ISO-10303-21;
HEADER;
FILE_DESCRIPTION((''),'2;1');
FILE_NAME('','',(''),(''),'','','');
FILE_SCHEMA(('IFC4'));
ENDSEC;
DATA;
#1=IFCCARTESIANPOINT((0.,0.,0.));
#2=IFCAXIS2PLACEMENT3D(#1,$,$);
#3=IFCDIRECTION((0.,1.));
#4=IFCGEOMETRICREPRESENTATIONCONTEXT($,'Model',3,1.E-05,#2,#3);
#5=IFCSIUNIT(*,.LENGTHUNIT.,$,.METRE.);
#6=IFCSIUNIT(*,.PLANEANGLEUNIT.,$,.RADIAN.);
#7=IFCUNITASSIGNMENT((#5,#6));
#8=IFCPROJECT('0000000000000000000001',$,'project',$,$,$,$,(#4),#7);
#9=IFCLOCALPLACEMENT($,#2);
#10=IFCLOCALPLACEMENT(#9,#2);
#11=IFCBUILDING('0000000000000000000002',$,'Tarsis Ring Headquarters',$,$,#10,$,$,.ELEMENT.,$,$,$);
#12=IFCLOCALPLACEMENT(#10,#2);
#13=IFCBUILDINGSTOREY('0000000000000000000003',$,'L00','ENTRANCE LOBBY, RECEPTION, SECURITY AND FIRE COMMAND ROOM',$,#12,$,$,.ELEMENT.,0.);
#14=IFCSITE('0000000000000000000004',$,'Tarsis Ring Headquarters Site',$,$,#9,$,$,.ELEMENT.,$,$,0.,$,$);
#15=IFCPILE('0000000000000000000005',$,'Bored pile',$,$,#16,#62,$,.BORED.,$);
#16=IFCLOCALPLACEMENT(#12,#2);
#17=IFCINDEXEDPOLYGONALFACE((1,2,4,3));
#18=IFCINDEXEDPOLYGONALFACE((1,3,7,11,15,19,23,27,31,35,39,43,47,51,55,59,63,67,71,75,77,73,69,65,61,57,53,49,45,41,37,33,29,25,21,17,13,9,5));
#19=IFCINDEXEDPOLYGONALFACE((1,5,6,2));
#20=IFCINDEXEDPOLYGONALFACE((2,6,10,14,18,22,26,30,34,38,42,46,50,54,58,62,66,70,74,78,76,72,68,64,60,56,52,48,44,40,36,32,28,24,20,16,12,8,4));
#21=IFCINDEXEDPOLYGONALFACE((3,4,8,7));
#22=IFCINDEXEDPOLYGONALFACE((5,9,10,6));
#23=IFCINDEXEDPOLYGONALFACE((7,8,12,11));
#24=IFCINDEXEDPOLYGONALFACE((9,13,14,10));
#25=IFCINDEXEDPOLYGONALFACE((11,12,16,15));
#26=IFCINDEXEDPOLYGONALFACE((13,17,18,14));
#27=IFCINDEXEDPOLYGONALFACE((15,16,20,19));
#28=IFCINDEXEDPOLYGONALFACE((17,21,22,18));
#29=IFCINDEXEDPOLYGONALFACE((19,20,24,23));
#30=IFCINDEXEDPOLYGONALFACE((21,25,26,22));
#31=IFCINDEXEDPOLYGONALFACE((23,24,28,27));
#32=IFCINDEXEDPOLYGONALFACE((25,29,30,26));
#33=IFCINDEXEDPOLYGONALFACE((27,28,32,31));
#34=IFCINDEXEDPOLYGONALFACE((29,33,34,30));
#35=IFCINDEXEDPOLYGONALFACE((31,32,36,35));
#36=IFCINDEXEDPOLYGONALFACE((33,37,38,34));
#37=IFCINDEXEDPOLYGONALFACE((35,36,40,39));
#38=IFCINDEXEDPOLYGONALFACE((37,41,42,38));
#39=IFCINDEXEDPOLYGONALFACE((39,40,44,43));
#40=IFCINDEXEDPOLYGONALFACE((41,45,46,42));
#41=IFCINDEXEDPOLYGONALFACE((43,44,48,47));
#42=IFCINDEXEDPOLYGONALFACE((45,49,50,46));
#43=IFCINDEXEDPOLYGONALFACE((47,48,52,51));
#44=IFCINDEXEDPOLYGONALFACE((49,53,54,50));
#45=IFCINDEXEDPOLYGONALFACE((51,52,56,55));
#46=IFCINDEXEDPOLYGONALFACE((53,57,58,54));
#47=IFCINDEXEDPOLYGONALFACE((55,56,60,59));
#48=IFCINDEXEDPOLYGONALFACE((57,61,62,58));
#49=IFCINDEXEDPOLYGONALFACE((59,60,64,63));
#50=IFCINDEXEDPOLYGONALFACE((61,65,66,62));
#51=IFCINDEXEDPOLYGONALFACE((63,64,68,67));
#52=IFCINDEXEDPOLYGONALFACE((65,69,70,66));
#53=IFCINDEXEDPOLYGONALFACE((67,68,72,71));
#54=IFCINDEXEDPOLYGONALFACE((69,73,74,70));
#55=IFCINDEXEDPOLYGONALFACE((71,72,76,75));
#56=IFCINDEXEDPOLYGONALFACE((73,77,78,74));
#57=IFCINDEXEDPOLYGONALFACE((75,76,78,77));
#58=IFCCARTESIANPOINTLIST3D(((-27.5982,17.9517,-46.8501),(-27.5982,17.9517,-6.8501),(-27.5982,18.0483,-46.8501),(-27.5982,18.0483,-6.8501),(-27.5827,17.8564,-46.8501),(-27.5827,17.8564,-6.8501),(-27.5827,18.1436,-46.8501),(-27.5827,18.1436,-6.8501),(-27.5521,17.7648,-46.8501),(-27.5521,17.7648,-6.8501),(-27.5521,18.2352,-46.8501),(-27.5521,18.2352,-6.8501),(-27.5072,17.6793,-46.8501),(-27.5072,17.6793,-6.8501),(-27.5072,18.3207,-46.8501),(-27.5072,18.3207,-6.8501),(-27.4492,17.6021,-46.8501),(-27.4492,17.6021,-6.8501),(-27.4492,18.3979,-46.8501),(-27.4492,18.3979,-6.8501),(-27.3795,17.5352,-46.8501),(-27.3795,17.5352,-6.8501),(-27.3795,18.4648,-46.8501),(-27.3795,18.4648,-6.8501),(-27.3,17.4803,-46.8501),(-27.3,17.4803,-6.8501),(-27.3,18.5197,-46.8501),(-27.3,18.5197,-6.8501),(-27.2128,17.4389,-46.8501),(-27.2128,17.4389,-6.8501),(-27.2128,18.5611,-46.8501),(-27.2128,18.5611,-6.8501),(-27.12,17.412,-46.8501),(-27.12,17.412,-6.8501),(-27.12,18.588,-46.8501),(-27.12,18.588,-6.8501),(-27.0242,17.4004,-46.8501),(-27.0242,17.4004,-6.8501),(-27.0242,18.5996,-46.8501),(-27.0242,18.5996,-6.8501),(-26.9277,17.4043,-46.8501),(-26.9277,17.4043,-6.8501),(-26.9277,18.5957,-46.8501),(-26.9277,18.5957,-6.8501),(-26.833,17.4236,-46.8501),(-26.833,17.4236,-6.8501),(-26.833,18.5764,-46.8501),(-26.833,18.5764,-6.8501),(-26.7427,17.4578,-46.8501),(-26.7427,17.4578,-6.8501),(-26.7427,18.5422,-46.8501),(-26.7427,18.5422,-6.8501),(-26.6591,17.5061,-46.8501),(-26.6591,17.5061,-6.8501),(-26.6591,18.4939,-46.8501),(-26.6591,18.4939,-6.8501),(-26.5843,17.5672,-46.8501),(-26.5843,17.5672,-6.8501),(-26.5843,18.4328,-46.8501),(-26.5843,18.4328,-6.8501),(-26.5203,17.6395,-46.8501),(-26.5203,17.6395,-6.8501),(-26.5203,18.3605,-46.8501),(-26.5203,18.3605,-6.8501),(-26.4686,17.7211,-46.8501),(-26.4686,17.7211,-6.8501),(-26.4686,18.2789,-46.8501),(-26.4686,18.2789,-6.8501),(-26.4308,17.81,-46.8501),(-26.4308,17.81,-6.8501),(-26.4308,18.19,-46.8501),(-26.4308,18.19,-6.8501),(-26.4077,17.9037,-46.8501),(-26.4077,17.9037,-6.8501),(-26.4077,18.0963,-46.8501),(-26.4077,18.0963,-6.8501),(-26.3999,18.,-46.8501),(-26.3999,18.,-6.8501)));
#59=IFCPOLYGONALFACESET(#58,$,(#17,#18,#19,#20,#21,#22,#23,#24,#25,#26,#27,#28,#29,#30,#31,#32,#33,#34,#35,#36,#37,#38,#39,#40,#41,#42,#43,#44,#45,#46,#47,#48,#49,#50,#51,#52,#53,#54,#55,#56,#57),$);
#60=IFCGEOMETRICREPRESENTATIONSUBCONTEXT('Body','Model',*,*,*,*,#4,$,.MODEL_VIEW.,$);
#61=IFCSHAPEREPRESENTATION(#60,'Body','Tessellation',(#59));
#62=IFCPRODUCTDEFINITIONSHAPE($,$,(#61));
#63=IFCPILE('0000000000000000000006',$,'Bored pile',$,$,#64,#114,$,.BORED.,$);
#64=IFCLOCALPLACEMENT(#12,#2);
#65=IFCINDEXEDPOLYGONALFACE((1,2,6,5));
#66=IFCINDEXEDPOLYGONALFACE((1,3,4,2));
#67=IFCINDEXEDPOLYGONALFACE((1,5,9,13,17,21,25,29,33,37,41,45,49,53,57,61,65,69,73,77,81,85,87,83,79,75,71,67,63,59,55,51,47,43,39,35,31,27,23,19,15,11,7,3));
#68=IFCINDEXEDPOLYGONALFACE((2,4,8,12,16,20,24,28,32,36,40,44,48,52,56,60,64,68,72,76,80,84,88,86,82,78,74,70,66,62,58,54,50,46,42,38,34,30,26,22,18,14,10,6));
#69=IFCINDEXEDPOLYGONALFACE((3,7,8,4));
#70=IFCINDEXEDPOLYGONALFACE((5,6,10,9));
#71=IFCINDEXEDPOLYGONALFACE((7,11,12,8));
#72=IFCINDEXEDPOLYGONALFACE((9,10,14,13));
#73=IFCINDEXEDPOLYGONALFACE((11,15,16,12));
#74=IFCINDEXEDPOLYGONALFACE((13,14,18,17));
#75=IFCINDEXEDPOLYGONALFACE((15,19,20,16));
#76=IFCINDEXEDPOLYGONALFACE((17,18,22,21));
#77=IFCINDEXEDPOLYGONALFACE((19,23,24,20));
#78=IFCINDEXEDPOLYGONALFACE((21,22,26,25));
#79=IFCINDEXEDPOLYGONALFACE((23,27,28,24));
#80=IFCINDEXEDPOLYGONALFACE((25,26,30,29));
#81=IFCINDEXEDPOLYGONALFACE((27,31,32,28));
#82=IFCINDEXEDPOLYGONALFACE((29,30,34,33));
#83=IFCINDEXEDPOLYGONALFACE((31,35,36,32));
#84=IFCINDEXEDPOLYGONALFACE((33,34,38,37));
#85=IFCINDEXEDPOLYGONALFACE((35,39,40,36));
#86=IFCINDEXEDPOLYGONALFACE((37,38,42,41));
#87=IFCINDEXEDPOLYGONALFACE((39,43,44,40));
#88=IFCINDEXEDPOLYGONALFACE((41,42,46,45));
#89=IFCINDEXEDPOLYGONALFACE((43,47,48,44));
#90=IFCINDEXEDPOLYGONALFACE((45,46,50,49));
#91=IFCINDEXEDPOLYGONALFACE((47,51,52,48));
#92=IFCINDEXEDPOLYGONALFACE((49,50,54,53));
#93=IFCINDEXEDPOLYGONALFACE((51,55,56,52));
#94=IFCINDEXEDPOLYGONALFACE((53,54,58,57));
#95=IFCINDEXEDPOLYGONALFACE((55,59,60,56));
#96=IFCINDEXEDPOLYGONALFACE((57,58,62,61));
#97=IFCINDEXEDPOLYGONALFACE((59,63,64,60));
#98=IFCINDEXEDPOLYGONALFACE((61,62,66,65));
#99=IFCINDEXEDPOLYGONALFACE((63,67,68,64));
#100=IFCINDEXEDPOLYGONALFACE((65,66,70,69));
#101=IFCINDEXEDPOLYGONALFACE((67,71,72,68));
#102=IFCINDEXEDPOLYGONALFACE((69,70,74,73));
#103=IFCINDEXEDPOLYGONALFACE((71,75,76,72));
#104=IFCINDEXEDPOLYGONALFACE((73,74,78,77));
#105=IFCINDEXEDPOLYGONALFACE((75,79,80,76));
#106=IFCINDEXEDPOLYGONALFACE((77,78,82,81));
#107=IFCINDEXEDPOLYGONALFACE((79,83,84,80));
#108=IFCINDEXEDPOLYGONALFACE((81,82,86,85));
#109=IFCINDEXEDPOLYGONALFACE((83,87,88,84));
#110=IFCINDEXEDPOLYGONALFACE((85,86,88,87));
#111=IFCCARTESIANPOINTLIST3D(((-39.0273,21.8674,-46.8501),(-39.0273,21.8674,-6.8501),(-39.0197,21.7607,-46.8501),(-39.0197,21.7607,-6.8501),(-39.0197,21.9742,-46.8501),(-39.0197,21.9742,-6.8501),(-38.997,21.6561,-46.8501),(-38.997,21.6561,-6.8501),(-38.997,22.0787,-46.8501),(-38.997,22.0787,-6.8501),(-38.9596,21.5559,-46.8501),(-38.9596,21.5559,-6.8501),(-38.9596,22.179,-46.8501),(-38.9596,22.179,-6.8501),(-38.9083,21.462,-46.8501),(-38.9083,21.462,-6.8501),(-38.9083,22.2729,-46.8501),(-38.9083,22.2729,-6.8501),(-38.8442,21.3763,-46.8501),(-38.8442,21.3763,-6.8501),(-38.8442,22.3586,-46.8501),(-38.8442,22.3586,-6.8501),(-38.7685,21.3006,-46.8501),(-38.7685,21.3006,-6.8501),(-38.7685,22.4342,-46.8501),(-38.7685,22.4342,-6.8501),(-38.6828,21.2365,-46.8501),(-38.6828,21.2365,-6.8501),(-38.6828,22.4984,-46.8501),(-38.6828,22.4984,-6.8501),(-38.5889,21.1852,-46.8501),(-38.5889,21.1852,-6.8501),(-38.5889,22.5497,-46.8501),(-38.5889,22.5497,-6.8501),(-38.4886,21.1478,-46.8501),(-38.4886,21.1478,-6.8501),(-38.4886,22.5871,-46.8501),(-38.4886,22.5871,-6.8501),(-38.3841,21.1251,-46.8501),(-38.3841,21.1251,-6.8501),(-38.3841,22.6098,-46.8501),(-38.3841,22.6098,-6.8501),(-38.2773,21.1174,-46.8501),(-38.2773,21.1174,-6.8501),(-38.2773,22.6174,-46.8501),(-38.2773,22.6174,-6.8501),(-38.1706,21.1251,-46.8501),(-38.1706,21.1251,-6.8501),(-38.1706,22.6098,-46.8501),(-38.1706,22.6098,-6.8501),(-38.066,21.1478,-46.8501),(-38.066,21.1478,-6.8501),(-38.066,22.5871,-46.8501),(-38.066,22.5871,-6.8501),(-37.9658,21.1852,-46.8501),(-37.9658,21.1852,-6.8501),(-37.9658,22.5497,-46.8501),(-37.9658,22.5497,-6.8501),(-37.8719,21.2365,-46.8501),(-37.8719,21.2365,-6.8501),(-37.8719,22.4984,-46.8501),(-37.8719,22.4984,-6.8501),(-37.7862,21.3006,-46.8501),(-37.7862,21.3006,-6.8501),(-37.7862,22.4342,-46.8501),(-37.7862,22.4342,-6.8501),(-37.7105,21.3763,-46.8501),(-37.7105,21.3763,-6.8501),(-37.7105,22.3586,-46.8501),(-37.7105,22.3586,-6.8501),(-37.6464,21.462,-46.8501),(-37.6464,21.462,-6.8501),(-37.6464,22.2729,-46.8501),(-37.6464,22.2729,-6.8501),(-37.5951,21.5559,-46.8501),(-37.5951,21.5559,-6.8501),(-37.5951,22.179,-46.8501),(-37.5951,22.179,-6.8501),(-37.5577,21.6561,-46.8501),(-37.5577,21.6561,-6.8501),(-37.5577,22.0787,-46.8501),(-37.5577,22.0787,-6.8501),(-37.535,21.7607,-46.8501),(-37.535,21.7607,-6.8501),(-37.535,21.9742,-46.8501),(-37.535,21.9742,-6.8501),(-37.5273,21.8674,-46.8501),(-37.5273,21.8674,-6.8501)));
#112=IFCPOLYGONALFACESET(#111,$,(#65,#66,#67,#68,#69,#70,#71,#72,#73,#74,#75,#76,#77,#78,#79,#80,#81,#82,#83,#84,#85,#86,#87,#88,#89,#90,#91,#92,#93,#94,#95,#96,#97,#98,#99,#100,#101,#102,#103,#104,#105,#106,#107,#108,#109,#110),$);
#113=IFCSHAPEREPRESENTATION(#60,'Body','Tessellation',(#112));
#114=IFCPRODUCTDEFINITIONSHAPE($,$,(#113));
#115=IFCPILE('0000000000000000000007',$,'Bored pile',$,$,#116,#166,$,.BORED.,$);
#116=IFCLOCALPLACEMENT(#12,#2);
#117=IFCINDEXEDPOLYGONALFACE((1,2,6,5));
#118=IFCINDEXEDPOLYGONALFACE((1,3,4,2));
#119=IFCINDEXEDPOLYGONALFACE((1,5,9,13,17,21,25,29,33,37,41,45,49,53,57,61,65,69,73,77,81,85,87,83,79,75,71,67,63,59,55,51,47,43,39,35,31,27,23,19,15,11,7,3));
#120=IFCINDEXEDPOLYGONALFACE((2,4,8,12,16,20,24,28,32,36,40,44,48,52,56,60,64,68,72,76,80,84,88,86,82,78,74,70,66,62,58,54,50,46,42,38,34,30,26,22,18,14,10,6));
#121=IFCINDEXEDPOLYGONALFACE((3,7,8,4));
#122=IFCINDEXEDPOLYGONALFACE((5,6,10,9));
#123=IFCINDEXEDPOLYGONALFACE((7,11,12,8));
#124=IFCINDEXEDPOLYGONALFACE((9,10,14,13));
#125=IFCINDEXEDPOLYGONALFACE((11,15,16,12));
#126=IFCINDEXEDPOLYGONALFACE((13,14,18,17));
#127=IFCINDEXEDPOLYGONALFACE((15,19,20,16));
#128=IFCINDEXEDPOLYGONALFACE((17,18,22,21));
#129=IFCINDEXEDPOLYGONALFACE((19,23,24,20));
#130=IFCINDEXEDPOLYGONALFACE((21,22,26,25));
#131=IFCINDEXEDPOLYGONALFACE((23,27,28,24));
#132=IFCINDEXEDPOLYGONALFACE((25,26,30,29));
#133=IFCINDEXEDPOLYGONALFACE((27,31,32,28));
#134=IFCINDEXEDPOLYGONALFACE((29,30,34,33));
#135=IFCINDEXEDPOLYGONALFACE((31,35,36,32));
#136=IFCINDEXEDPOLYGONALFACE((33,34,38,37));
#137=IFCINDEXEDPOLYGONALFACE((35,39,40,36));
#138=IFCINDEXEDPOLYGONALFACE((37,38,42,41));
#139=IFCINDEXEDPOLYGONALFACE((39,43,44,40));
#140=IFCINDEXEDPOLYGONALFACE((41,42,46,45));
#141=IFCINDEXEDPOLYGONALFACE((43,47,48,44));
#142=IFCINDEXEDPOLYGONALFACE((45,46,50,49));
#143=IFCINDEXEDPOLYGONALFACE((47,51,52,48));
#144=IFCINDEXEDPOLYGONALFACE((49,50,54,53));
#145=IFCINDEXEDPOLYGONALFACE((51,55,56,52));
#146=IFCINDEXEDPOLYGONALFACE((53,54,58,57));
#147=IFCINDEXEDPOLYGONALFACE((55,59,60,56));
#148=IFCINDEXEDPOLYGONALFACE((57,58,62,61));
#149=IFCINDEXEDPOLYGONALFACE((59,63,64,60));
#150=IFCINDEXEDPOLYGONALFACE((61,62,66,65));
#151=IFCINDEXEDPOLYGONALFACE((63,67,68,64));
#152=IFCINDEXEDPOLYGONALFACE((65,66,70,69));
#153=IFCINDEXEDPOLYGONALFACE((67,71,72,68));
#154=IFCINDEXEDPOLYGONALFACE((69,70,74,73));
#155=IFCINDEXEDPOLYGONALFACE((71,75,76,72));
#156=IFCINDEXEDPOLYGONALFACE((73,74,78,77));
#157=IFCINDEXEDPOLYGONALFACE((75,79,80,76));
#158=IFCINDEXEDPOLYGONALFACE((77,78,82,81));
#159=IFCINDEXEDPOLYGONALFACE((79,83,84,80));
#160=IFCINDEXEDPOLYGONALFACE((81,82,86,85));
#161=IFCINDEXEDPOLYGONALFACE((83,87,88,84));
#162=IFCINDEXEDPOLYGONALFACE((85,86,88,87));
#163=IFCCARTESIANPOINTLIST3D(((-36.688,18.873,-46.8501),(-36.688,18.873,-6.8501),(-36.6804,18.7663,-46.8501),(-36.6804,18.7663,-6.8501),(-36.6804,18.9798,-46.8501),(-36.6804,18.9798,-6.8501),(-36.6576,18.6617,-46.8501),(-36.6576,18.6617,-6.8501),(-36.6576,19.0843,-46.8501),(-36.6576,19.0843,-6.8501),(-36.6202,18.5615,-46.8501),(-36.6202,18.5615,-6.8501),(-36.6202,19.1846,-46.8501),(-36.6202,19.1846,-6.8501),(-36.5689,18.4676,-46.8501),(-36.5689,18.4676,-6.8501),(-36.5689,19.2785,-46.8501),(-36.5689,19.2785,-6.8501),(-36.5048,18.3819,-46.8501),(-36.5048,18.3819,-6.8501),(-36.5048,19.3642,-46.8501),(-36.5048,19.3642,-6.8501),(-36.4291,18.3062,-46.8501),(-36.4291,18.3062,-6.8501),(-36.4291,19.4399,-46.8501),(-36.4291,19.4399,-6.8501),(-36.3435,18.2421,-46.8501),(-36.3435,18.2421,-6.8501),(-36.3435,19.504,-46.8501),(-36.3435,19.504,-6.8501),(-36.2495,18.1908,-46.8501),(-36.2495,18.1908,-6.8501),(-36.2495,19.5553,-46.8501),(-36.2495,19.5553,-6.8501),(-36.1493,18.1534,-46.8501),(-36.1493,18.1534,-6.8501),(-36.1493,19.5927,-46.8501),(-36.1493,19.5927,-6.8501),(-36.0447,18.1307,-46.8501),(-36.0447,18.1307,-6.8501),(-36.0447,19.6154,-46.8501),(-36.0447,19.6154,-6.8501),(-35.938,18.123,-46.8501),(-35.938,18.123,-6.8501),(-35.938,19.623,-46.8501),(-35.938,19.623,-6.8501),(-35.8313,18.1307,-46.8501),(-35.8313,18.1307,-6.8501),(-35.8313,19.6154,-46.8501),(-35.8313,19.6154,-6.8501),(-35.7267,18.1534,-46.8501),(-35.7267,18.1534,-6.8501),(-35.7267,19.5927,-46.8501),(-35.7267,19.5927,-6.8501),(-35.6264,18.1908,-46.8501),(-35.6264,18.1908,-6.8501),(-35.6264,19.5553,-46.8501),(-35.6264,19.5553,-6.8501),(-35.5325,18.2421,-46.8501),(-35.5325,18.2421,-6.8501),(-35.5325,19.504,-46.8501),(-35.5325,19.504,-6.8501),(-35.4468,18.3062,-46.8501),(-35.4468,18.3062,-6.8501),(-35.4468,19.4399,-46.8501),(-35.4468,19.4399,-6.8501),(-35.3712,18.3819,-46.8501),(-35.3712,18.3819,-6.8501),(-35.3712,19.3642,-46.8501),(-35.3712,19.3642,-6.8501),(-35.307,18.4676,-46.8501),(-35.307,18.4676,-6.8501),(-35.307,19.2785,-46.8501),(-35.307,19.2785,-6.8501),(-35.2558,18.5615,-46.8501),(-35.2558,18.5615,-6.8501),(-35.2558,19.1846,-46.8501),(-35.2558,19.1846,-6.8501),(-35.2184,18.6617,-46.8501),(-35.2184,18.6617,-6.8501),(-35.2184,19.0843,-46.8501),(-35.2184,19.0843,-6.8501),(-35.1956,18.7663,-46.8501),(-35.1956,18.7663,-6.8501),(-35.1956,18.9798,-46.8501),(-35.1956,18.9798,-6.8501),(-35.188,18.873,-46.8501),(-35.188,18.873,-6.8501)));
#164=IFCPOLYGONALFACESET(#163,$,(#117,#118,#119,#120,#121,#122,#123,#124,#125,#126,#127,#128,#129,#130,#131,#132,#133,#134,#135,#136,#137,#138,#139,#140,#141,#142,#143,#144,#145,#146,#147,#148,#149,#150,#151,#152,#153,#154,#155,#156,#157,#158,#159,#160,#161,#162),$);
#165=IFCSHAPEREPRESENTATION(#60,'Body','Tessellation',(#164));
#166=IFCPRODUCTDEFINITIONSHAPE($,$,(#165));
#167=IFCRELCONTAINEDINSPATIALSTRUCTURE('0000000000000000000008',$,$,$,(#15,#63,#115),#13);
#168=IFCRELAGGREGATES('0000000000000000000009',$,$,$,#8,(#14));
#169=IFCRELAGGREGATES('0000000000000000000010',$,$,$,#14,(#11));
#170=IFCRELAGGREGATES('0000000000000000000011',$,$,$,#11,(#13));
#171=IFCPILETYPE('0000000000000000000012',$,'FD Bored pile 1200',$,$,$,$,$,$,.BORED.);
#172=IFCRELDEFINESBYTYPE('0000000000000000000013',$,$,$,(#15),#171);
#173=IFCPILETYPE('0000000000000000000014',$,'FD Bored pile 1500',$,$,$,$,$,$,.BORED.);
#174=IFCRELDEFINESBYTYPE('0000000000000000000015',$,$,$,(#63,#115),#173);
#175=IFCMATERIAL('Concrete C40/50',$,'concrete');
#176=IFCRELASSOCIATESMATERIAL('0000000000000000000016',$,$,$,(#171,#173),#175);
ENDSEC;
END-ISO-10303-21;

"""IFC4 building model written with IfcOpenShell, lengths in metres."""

from ifc_helpers import new_model, si_unit, direction, frame, origin, origin_2d, place, context, subcontext, project, spatial, circle, extrude, material, material_profile, profile_set, type_object, element, save


model = new_model("IFC4")

# Units and contexts
model_context = context("Model", 3, precision=1e-05, world=origin(), true_north=direction((0.0, 1.0)))
body_context = subcontext(model_context, "Body", "Model", "MODEL_VIEW")
ifc_project = project(units=[si_unit("LENGTHUNIT", "METRE"), si_unit("PLANEANGLEUNIT", "RADIAN")], contexts=[model_context])

# Site, building, storey
site_placement = place(None, origin())
site = spatial("IfcSite", under=ifc_project, at=site_placement, Name="Tarsis Ring Headquarters Site", CompositionType="ELEMENT", RefElevation=0.0)
building_placement = place(site_placement, origin())
building = spatial("IfcBuilding", under=site, at=building_placement, Name="Tarsis Ring Headquarters", CompositionType="ELEMENT")
storey_placement = place(building_placement, origin())
storey = spatial("IfcBuildingStorey", under=building, at=storey_placement, Name="L00", Description="ENTRANCE LOBBY, RECEPTION, SECURITY AND FIRE COMMAND ROOM", CompositionType="ELEMENT", Elevation=0.0)

# Piles
ifc_material_1 = material(Name="Concrete C40/50", Category="concrete")
ifc_material_profile_1 = material_profile(ifc_material_1, circle(Radius=0.6001, at=origin_2d()), Name="BORED 1200")
ifc_profile_set_1 = profile_set([ifc_material_profile_1], Name="Concrete C40/50")
pile_type_1 = type_object("IfcPileType", Name="FD Bored pile 1200", PredefinedType="BORED", material=ifc_profile_set_1)
pile_placement = place(storey_placement, frame((-27.0, 18.0, -6.8501), z_axis=(0.0, 0.0, -1.0), x_axis=(1.0, 0.0, 0.0)))
element("IfcPile", 1, at=pile_placement, inside=storey, type_object=pile_type_1, Name="Bored pile", PredefinedType="BORED", context=body_context, shape_type="SweptSolid", body=[
    extrude(circle(Radius=0.6001, at=origin_2d()), origin(), (0.0, 0.0, 1.0), 40.0),
])
ifc_material_profile_2 = material_profile(ifc_material_1, circle(Radius=0.75, at=origin_2d()), Name="BORED 1500")
ifc_profile_set_2 = profile_set([ifc_material_profile_2], Name="Concrete C40/50")
pile_type_2 = type_object("IfcPileType", Name="FD Bored pile 1500", PredefinedType="BORED", material=ifc_profile_set_2)
for number, where, z_axis, x_axis, name in (
    (2, (-38.2773, 21.8674, -6.8501), (0.0, 0.0, -1.0), (1.0, 0.0, 0.0), "Bored pile"),
    (3, (-35.938, 18.873, -6.8501), (0.0, 0.0, -1.0), (1.0, 0.0, 0.0), "Bored pile"),
):
    element("IfcPile", number, at=place(storey_placement, frame(where, z_axis=z_axis, x_axis=x_axis)), inside=storey, type_object=pile_type_2, Name=name, PredefinedType="BORED", context=body_context, shape_type="SweptSolid", body=[
        extrude(circle(Radius=0.75, at=origin_2d()), origin(), (0.0, 0.0, 1.0), 40.0),
    ])

save(model, "model.ifc")
